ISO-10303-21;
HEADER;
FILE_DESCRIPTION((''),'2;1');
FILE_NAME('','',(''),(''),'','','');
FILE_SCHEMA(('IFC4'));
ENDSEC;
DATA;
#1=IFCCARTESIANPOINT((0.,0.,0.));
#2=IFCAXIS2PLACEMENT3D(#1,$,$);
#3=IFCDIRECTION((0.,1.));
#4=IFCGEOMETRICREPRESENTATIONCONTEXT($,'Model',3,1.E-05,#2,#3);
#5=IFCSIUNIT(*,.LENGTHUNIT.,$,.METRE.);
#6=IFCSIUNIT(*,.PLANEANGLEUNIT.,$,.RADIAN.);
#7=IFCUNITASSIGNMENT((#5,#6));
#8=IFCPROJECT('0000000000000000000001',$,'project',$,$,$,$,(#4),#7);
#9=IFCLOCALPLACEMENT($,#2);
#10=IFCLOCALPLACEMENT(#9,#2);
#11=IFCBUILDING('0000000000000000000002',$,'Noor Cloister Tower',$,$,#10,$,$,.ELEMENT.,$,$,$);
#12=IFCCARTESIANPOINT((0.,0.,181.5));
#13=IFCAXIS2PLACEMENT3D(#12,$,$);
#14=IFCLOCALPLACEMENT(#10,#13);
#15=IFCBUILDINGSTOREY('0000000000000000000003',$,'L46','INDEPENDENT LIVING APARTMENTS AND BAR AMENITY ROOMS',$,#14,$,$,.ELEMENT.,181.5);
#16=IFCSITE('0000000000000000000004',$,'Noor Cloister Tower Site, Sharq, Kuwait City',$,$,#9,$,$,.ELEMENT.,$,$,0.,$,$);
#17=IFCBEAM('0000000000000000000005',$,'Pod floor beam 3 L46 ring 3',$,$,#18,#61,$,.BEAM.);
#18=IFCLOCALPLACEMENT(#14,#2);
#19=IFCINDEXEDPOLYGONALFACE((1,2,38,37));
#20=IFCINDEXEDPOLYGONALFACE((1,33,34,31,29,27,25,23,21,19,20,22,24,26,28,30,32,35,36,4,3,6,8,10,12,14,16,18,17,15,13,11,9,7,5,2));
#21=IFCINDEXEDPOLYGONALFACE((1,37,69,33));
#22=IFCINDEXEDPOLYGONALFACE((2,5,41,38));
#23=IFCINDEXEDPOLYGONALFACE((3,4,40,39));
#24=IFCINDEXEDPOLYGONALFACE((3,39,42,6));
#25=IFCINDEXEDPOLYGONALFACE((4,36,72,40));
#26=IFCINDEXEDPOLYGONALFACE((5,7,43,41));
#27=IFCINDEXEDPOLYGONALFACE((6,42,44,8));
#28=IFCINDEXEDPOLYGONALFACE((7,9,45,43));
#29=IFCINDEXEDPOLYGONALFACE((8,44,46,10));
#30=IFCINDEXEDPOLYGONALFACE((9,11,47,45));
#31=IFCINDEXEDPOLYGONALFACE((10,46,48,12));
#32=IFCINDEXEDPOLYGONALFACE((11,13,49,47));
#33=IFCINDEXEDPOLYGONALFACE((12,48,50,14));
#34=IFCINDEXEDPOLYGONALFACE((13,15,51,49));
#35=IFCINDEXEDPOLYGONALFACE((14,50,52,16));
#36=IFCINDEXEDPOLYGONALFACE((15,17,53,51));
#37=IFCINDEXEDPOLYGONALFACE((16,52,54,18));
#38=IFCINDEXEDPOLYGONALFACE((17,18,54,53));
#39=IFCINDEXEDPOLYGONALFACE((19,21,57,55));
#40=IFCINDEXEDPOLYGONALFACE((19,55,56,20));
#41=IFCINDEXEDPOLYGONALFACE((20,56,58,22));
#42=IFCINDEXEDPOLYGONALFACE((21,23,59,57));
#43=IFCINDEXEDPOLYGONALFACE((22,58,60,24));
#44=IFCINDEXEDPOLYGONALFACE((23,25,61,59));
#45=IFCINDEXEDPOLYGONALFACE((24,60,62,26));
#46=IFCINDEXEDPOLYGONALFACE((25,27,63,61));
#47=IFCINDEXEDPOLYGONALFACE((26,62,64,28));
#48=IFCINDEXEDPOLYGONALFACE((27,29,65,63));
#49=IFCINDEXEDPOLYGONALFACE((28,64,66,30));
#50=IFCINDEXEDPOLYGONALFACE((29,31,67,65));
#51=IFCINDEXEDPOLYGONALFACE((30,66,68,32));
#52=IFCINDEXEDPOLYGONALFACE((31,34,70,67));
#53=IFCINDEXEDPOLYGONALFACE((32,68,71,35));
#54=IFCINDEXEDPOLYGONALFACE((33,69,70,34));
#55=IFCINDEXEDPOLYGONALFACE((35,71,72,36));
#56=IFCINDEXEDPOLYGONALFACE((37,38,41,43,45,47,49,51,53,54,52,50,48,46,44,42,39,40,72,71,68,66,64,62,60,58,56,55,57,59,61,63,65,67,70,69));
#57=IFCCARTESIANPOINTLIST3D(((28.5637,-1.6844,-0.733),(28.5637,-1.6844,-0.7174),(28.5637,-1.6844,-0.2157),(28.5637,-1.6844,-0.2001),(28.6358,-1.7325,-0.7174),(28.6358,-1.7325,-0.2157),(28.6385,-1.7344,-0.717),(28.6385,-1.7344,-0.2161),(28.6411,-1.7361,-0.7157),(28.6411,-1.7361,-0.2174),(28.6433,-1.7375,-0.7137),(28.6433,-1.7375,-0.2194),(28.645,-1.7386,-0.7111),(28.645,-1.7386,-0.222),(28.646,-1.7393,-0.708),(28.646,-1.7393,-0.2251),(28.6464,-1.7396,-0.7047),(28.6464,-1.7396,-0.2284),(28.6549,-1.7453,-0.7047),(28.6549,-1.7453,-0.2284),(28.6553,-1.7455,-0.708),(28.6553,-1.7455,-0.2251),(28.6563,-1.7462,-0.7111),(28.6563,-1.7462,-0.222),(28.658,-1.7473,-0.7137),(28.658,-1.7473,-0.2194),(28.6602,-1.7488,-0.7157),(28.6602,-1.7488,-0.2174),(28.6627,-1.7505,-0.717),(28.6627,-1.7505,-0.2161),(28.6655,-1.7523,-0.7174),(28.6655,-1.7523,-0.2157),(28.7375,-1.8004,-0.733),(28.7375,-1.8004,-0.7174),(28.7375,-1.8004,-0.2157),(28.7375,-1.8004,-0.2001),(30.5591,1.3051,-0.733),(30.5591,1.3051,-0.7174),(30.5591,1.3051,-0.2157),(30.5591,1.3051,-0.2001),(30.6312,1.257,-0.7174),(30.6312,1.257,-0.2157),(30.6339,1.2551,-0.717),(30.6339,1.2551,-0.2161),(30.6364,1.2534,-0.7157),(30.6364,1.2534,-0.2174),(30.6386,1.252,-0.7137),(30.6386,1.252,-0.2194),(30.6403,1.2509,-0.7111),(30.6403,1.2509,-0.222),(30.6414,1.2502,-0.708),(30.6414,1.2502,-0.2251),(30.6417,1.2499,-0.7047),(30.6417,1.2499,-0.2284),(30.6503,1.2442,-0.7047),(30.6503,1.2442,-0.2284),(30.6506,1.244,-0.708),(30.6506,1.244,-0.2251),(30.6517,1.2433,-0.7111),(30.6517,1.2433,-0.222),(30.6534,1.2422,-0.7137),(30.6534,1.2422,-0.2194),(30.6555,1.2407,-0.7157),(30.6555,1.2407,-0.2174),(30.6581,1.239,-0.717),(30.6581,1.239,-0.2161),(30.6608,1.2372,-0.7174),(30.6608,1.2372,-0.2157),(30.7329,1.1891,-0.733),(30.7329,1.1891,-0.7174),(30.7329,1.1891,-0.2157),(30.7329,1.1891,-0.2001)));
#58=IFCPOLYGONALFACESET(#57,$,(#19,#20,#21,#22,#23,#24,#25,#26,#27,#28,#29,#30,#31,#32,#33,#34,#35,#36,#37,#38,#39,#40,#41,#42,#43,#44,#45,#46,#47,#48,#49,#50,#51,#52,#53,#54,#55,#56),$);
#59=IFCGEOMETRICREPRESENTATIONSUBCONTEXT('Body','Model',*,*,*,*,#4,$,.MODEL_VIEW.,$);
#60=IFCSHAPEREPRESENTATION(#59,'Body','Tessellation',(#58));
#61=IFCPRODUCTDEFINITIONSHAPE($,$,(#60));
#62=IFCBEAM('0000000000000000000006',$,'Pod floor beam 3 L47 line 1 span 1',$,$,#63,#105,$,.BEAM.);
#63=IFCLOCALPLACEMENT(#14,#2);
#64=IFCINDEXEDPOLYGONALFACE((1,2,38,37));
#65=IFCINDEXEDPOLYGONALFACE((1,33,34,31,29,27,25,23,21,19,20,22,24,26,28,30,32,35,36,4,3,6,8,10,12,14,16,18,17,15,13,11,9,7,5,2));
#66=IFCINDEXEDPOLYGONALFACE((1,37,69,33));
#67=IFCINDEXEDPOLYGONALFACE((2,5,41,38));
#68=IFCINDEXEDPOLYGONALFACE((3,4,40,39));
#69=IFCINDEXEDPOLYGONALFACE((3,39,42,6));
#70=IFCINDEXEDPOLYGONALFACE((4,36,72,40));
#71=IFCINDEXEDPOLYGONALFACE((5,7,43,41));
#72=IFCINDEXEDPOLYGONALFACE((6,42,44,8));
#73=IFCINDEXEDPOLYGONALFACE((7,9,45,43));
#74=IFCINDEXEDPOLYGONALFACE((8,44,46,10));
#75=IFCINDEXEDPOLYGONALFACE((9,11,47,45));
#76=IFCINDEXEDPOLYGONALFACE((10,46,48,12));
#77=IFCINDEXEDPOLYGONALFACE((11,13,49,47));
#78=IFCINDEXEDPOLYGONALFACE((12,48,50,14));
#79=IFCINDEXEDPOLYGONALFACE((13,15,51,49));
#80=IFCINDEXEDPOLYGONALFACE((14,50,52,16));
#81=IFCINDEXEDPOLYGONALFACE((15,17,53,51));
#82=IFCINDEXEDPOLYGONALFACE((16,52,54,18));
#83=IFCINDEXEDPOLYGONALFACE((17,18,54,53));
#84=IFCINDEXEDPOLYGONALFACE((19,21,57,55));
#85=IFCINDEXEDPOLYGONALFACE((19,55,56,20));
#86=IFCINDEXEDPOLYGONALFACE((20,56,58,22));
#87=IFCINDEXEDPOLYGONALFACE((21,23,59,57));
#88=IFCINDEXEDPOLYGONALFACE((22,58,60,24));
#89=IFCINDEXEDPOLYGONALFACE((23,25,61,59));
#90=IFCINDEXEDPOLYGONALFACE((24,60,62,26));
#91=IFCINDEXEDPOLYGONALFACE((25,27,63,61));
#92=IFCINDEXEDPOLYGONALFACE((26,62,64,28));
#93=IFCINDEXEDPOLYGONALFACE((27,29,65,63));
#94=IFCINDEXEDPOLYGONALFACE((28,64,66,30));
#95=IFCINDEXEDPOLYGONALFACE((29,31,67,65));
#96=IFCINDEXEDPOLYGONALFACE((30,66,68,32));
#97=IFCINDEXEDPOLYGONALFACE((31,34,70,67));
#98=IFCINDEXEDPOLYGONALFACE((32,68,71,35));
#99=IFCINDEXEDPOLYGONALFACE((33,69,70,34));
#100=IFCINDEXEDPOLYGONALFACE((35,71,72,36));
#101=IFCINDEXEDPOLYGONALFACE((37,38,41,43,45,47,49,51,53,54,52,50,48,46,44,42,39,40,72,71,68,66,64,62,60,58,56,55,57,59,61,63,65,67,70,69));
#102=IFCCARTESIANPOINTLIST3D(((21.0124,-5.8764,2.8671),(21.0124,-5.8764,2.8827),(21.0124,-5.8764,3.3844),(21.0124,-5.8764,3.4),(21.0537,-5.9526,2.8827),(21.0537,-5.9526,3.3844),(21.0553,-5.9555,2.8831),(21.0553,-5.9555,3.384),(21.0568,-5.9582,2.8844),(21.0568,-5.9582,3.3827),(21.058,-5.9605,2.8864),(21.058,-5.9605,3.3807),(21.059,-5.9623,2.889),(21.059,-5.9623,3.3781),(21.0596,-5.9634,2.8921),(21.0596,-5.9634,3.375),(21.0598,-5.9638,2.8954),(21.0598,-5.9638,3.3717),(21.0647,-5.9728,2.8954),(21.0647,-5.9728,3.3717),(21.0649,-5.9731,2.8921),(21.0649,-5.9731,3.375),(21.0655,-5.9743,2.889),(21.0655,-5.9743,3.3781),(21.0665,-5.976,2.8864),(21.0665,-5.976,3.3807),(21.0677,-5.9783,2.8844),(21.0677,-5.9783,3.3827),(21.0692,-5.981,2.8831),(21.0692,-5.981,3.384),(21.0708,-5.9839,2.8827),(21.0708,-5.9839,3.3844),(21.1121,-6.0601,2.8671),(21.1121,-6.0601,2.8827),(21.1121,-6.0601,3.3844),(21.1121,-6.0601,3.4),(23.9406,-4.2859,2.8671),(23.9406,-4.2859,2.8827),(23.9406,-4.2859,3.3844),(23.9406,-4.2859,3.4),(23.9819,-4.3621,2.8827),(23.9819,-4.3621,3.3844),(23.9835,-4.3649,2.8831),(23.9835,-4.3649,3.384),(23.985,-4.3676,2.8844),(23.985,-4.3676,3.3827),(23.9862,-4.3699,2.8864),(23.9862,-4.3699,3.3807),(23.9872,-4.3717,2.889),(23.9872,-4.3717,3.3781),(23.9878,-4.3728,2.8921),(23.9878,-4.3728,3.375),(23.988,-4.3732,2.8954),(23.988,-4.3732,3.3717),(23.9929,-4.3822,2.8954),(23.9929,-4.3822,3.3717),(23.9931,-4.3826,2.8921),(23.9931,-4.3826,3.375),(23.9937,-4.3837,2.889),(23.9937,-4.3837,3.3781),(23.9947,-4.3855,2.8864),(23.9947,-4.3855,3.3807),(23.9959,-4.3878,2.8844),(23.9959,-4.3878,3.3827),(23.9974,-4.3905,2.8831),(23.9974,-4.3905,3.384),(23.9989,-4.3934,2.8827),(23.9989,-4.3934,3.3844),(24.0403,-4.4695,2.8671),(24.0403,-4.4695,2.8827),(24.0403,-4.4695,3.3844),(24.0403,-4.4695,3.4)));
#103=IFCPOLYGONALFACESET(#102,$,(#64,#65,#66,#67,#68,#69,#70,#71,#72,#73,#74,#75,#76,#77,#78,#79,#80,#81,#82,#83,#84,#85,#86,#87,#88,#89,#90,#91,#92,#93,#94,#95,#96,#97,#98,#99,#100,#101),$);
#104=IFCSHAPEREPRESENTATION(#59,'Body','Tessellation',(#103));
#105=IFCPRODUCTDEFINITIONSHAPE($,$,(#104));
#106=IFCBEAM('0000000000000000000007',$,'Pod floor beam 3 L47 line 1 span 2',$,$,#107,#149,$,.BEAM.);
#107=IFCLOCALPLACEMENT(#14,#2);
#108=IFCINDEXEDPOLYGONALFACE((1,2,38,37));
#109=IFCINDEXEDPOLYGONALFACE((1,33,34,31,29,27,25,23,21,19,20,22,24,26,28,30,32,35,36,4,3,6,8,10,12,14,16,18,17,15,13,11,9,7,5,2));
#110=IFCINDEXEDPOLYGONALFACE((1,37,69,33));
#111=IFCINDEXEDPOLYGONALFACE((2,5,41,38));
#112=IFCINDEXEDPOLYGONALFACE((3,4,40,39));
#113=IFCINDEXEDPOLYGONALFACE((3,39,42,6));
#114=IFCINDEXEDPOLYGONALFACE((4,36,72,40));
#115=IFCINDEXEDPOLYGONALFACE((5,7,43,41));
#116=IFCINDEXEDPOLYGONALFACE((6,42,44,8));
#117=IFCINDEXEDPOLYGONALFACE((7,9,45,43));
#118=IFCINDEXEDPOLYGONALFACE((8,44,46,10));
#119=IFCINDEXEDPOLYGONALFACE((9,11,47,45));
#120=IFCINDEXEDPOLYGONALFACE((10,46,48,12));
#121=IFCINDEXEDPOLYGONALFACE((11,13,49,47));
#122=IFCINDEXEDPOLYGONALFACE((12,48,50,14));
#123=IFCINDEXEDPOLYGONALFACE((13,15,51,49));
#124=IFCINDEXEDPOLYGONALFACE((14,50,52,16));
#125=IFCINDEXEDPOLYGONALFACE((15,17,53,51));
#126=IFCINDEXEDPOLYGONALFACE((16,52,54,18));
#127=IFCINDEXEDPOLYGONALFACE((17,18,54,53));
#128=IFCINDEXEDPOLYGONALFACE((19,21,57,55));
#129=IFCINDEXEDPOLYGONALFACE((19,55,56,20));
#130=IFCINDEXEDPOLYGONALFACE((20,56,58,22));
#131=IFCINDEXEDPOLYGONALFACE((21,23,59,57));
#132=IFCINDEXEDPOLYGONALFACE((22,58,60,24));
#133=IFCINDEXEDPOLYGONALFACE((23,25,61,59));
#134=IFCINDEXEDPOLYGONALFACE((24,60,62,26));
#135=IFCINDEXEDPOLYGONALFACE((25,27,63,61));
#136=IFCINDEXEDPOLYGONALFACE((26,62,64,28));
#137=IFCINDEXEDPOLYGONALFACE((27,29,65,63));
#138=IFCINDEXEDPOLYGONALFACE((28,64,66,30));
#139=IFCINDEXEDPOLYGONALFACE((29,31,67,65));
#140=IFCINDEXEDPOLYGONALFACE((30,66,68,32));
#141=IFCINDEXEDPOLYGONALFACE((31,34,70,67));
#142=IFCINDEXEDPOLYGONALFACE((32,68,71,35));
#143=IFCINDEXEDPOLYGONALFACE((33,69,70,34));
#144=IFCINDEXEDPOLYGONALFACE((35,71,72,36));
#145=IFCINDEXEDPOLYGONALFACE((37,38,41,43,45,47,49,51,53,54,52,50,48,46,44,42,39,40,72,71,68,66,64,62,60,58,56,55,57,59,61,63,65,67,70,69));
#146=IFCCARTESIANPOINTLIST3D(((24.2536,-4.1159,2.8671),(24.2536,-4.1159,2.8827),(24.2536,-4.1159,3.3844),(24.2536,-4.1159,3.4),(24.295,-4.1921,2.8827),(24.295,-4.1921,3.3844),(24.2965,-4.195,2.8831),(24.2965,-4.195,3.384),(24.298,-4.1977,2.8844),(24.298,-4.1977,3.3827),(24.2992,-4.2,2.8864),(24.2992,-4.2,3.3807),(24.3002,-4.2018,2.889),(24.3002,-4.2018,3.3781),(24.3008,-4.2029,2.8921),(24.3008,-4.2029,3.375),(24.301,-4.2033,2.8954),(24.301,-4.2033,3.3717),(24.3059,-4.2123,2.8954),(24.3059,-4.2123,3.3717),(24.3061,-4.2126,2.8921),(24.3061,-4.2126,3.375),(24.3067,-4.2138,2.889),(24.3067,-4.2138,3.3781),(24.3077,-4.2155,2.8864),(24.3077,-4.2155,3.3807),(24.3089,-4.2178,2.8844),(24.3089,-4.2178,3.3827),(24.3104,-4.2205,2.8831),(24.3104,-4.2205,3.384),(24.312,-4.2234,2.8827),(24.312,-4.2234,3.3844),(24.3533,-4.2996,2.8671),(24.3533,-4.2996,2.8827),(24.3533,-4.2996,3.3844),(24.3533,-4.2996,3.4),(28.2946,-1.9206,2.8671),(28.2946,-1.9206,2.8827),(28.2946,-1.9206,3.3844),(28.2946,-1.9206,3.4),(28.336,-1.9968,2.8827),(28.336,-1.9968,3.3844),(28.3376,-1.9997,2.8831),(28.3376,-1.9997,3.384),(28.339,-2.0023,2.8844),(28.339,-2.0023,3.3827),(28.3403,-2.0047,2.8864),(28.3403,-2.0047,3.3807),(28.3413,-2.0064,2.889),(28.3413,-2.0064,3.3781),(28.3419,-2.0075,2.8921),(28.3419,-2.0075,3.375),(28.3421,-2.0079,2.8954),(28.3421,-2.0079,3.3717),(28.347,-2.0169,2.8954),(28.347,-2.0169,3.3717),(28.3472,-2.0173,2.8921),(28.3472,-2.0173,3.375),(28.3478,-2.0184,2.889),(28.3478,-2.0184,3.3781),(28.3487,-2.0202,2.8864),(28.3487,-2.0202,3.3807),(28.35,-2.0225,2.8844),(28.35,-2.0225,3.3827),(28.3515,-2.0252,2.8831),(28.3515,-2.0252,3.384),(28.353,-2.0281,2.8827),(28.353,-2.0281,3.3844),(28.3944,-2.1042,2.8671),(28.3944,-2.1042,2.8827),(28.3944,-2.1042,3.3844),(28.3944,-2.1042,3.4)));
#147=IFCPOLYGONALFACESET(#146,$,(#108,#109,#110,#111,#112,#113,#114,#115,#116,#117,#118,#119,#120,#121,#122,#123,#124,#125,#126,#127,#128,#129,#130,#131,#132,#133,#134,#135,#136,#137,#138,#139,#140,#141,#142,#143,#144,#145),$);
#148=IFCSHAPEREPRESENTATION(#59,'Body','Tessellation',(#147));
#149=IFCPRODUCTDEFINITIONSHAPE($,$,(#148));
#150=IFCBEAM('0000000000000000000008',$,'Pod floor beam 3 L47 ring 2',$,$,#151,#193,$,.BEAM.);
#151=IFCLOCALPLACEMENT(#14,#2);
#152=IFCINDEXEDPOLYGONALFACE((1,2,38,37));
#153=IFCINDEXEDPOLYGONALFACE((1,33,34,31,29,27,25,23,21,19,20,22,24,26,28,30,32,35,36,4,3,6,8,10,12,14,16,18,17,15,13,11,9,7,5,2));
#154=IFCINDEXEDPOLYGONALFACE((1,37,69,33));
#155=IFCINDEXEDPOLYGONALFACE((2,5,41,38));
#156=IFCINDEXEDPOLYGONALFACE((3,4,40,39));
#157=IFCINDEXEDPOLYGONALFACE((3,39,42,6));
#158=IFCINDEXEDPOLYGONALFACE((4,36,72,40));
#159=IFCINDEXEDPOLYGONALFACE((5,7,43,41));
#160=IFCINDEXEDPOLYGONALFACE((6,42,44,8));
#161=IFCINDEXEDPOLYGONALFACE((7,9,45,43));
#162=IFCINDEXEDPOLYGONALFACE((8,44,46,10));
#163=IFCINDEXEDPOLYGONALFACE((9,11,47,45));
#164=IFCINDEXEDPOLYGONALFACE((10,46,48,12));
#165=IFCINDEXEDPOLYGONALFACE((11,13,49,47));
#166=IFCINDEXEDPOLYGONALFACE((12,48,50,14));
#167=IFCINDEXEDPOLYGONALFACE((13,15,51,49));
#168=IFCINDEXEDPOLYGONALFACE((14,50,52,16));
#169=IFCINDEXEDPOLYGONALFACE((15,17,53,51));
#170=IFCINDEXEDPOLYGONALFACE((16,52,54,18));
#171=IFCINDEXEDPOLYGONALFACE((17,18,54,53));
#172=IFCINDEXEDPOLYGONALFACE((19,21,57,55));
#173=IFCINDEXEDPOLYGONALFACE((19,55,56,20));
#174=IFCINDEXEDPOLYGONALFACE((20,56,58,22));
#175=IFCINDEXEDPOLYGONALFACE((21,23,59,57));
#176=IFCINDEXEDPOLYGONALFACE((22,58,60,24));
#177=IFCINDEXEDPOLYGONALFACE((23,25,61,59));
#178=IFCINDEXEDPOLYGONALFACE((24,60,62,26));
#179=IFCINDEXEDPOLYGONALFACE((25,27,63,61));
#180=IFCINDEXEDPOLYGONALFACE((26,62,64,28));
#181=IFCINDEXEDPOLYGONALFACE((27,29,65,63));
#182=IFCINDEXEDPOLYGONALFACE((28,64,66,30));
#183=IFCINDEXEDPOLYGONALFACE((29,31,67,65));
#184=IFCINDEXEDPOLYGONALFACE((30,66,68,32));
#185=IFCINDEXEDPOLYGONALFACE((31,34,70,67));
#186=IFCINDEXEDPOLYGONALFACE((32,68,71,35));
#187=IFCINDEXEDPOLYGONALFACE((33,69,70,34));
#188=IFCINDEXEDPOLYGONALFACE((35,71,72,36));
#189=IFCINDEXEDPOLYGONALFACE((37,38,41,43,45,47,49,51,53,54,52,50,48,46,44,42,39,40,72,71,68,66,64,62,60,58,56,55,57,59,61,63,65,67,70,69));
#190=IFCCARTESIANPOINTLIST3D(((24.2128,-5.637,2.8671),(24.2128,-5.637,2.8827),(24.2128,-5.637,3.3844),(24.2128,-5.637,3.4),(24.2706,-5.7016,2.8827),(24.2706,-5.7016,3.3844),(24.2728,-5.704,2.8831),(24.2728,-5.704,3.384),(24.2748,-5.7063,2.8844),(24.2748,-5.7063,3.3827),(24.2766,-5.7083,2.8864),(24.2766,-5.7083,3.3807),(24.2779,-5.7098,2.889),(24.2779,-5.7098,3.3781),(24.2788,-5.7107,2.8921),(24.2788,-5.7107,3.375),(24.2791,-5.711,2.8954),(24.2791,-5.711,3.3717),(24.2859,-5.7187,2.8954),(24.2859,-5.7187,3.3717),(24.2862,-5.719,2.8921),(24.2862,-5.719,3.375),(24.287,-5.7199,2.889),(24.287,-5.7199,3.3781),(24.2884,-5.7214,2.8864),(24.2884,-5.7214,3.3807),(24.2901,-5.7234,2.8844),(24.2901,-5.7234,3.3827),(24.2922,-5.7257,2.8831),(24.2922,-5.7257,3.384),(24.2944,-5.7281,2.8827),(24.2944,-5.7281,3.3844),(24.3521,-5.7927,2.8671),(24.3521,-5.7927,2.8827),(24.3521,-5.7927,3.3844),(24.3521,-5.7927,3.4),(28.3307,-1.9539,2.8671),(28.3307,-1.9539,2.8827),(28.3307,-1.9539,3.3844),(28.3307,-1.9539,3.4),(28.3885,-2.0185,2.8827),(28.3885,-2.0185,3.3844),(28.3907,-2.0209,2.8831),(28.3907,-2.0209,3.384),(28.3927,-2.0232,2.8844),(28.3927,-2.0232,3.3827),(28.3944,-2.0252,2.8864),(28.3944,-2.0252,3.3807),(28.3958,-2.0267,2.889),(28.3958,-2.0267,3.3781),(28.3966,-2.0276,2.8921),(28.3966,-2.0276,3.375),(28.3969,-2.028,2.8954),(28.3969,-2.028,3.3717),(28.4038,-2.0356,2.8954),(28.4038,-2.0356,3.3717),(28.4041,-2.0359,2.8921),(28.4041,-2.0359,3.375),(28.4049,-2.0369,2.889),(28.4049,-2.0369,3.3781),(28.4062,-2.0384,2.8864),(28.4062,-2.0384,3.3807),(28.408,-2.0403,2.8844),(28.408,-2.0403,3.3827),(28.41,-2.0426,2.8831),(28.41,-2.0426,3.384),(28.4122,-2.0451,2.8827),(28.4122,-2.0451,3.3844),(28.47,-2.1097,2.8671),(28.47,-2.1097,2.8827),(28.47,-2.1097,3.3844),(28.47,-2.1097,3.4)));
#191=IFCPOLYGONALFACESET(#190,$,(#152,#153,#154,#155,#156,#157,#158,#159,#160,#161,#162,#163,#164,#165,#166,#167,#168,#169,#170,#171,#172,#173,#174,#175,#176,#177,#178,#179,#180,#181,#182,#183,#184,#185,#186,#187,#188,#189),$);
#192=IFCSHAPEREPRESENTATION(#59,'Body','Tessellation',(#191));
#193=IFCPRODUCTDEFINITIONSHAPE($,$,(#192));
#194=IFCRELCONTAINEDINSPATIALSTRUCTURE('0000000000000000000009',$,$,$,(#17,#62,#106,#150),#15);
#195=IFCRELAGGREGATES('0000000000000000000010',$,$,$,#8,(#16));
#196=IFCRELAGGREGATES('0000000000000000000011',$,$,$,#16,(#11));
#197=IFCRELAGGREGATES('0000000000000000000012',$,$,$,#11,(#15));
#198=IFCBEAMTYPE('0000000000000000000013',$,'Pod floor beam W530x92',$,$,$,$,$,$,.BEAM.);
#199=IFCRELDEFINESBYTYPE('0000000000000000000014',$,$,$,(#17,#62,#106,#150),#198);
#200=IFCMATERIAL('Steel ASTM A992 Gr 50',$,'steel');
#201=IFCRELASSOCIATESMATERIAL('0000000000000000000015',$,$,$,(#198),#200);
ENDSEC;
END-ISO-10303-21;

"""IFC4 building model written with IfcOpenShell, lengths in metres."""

from ifc_helpers import new_model, si_unit, direction, frame, origin, origin_2d, place, context, subcontext, project, spatial, i_section, extrude, material, material_profile, profile_set, type_object, element, save


model = new_model("IFC4")

# Units and contexts
model_context = context("Model", 3, precision=1e-05, world=origin(), true_north=direction((0.0, 1.0)))
body_context = subcontext(model_context, "Body", "Model", "MODEL_VIEW")
ifc_project = project(units=[si_unit("LENGTHUNIT", "METRE"), si_unit("PLANEANGLEUNIT", "RADIAN")], contexts=[model_context])

# Site, building, storey
site_placement = place(None, origin())
site = spatial("IfcSite", under=ifc_project, at=site_placement, Name="Noor Cloister Tower Site, Sharq, Kuwait City", CompositionType="ELEMENT", RefElevation=0.0)
building_placement = place(site_placement, origin())
building = spatial("IfcBuilding", under=site, at=building_placement, Name="Noor Cloister Tower", CompositionType="ELEMENT")
storey_placement = place(building_placement, frame((0.0, 0.0, 181.5)))
storey = spatial("IfcBuildingStorey", under=building, at=storey_placement, Name="L46", Description="INDEPENDENT LIVING APARTMENTS AND BAR AMENITY ROOMS", CompositionType="ELEMENT", Elevation=181.5)

# Beams
ifc_material_1 = material(Name="Steel ASTM A992 Gr 50", Category="steel")
ifc_material_profile_1 = material_profile(ifc_material_1, i_section(OverallWidth=0.209, OverallDepth=0.533, WebThickness=0.0103, FlangeThickness=0.0156, FilletRadius=0.0127, at=origin_2d()), Name="W530x92")
ifc_profile_set_1 = profile_set([ifc_material_profile_1], Name="Steel ASTM A992 Gr 50")
beam_type = type_object("IfcBeamType", Name="Pod floor beam W530x92", PredefinedType="BEAM", material=ifc_profile_set_1)
beam_1_placement = place(storey_placement, frame((28.6506, -1.7424, -0.4666), z_axis=(0.555155, 0.831747, 0.0), x_axis=(-0.831747, 0.555155, 0.0)))
element("IfcBeam", 1, at=beam_1_placement, inside=storey, type_object=beam_type, Name="Pod floor beam 3 L46 ring 3", PredefinedType="BEAM", context=body_context, shape_type="SweptSolid", body=[
    extrude(i_section(OverallWidth=0.209, OverallDepth=0.533, WebThickness=0.0103, FlangeThickness=0.0156, FilletRadius=0.0127, at=origin_2d()), origin(), (0.0, 0.0, 1.0), 3.5942),
])
beam_2_placement = place(storey_placement, frame((21.0623, -5.9683, 3.1335), z_axis=(0.878731, 0.477317, 0.0), x_axis=(-0.477317, 0.878731, 0.0)))
element("IfcBeam", 2, at=beam_2_placement, inside=storey, type_object=beam_type, Name="Pod floor beam 3 L47 line 1 span 1", PredefinedType="BEAM", context=body_context, shape_type="SweptSolid", body=[
    extrude(i_section(OverallWidth=0.209, OverallDepth=0.533, WebThickness=0.0103, FlangeThickness=0.0156, FilletRadius=0.0127, at=origin_2d()), origin(), (0.0, 0.0, 1.0), 3.3323),
])
beam_3_placement = place(storey_placement, frame((24.3035, -4.2078, 3.1335), z_axis=(0.878706, 0.477364, 0.0), x_axis=(-0.477364, 0.878706, 0.0)))
element("IfcBeam", 3, at=beam_3_placement, inside=storey, type_object=beam_type, Name="Pod floor beam 3 L47 line 1 span 2", PredefinedType="BEAM", context=body_context, shape_type="SweptSolid", body=[
    extrude(i_section(OverallWidth=0.209, OverallDepth=0.533, WebThickness=0.0103, FlangeThickness=0.0156, FilletRadius=0.0127, at=origin_2d()), origin(), (0.0, 0.0, 1.0), 4.5989),
])
beam_4_placement = place(storey_placement, frame((24.2825, -5.7148, 3.1335), z_axis=(0.745363, 0.666659, 0.0), x_axis=(-0.666659, 0.745363, 0.0)))
element("IfcBeam", 4, at=beam_4_placement, inside=storey, type_object=beam_type, Name="Pod floor beam 3 L47 ring 2", PredefinedType="BEAM", context=body_context, shape_type="SweptSolid", body=[
    extrude(i_section(OverallWidth=0.209, OverallDepth=0.533, WebThickness=0.0103, FlangeThickness=0.0156, FilletRadius=0.0127, at=origin_2d()), origin(), (0.0, 0.0, 1.0), 5.5247),
])

save(model, "model.ifc")
